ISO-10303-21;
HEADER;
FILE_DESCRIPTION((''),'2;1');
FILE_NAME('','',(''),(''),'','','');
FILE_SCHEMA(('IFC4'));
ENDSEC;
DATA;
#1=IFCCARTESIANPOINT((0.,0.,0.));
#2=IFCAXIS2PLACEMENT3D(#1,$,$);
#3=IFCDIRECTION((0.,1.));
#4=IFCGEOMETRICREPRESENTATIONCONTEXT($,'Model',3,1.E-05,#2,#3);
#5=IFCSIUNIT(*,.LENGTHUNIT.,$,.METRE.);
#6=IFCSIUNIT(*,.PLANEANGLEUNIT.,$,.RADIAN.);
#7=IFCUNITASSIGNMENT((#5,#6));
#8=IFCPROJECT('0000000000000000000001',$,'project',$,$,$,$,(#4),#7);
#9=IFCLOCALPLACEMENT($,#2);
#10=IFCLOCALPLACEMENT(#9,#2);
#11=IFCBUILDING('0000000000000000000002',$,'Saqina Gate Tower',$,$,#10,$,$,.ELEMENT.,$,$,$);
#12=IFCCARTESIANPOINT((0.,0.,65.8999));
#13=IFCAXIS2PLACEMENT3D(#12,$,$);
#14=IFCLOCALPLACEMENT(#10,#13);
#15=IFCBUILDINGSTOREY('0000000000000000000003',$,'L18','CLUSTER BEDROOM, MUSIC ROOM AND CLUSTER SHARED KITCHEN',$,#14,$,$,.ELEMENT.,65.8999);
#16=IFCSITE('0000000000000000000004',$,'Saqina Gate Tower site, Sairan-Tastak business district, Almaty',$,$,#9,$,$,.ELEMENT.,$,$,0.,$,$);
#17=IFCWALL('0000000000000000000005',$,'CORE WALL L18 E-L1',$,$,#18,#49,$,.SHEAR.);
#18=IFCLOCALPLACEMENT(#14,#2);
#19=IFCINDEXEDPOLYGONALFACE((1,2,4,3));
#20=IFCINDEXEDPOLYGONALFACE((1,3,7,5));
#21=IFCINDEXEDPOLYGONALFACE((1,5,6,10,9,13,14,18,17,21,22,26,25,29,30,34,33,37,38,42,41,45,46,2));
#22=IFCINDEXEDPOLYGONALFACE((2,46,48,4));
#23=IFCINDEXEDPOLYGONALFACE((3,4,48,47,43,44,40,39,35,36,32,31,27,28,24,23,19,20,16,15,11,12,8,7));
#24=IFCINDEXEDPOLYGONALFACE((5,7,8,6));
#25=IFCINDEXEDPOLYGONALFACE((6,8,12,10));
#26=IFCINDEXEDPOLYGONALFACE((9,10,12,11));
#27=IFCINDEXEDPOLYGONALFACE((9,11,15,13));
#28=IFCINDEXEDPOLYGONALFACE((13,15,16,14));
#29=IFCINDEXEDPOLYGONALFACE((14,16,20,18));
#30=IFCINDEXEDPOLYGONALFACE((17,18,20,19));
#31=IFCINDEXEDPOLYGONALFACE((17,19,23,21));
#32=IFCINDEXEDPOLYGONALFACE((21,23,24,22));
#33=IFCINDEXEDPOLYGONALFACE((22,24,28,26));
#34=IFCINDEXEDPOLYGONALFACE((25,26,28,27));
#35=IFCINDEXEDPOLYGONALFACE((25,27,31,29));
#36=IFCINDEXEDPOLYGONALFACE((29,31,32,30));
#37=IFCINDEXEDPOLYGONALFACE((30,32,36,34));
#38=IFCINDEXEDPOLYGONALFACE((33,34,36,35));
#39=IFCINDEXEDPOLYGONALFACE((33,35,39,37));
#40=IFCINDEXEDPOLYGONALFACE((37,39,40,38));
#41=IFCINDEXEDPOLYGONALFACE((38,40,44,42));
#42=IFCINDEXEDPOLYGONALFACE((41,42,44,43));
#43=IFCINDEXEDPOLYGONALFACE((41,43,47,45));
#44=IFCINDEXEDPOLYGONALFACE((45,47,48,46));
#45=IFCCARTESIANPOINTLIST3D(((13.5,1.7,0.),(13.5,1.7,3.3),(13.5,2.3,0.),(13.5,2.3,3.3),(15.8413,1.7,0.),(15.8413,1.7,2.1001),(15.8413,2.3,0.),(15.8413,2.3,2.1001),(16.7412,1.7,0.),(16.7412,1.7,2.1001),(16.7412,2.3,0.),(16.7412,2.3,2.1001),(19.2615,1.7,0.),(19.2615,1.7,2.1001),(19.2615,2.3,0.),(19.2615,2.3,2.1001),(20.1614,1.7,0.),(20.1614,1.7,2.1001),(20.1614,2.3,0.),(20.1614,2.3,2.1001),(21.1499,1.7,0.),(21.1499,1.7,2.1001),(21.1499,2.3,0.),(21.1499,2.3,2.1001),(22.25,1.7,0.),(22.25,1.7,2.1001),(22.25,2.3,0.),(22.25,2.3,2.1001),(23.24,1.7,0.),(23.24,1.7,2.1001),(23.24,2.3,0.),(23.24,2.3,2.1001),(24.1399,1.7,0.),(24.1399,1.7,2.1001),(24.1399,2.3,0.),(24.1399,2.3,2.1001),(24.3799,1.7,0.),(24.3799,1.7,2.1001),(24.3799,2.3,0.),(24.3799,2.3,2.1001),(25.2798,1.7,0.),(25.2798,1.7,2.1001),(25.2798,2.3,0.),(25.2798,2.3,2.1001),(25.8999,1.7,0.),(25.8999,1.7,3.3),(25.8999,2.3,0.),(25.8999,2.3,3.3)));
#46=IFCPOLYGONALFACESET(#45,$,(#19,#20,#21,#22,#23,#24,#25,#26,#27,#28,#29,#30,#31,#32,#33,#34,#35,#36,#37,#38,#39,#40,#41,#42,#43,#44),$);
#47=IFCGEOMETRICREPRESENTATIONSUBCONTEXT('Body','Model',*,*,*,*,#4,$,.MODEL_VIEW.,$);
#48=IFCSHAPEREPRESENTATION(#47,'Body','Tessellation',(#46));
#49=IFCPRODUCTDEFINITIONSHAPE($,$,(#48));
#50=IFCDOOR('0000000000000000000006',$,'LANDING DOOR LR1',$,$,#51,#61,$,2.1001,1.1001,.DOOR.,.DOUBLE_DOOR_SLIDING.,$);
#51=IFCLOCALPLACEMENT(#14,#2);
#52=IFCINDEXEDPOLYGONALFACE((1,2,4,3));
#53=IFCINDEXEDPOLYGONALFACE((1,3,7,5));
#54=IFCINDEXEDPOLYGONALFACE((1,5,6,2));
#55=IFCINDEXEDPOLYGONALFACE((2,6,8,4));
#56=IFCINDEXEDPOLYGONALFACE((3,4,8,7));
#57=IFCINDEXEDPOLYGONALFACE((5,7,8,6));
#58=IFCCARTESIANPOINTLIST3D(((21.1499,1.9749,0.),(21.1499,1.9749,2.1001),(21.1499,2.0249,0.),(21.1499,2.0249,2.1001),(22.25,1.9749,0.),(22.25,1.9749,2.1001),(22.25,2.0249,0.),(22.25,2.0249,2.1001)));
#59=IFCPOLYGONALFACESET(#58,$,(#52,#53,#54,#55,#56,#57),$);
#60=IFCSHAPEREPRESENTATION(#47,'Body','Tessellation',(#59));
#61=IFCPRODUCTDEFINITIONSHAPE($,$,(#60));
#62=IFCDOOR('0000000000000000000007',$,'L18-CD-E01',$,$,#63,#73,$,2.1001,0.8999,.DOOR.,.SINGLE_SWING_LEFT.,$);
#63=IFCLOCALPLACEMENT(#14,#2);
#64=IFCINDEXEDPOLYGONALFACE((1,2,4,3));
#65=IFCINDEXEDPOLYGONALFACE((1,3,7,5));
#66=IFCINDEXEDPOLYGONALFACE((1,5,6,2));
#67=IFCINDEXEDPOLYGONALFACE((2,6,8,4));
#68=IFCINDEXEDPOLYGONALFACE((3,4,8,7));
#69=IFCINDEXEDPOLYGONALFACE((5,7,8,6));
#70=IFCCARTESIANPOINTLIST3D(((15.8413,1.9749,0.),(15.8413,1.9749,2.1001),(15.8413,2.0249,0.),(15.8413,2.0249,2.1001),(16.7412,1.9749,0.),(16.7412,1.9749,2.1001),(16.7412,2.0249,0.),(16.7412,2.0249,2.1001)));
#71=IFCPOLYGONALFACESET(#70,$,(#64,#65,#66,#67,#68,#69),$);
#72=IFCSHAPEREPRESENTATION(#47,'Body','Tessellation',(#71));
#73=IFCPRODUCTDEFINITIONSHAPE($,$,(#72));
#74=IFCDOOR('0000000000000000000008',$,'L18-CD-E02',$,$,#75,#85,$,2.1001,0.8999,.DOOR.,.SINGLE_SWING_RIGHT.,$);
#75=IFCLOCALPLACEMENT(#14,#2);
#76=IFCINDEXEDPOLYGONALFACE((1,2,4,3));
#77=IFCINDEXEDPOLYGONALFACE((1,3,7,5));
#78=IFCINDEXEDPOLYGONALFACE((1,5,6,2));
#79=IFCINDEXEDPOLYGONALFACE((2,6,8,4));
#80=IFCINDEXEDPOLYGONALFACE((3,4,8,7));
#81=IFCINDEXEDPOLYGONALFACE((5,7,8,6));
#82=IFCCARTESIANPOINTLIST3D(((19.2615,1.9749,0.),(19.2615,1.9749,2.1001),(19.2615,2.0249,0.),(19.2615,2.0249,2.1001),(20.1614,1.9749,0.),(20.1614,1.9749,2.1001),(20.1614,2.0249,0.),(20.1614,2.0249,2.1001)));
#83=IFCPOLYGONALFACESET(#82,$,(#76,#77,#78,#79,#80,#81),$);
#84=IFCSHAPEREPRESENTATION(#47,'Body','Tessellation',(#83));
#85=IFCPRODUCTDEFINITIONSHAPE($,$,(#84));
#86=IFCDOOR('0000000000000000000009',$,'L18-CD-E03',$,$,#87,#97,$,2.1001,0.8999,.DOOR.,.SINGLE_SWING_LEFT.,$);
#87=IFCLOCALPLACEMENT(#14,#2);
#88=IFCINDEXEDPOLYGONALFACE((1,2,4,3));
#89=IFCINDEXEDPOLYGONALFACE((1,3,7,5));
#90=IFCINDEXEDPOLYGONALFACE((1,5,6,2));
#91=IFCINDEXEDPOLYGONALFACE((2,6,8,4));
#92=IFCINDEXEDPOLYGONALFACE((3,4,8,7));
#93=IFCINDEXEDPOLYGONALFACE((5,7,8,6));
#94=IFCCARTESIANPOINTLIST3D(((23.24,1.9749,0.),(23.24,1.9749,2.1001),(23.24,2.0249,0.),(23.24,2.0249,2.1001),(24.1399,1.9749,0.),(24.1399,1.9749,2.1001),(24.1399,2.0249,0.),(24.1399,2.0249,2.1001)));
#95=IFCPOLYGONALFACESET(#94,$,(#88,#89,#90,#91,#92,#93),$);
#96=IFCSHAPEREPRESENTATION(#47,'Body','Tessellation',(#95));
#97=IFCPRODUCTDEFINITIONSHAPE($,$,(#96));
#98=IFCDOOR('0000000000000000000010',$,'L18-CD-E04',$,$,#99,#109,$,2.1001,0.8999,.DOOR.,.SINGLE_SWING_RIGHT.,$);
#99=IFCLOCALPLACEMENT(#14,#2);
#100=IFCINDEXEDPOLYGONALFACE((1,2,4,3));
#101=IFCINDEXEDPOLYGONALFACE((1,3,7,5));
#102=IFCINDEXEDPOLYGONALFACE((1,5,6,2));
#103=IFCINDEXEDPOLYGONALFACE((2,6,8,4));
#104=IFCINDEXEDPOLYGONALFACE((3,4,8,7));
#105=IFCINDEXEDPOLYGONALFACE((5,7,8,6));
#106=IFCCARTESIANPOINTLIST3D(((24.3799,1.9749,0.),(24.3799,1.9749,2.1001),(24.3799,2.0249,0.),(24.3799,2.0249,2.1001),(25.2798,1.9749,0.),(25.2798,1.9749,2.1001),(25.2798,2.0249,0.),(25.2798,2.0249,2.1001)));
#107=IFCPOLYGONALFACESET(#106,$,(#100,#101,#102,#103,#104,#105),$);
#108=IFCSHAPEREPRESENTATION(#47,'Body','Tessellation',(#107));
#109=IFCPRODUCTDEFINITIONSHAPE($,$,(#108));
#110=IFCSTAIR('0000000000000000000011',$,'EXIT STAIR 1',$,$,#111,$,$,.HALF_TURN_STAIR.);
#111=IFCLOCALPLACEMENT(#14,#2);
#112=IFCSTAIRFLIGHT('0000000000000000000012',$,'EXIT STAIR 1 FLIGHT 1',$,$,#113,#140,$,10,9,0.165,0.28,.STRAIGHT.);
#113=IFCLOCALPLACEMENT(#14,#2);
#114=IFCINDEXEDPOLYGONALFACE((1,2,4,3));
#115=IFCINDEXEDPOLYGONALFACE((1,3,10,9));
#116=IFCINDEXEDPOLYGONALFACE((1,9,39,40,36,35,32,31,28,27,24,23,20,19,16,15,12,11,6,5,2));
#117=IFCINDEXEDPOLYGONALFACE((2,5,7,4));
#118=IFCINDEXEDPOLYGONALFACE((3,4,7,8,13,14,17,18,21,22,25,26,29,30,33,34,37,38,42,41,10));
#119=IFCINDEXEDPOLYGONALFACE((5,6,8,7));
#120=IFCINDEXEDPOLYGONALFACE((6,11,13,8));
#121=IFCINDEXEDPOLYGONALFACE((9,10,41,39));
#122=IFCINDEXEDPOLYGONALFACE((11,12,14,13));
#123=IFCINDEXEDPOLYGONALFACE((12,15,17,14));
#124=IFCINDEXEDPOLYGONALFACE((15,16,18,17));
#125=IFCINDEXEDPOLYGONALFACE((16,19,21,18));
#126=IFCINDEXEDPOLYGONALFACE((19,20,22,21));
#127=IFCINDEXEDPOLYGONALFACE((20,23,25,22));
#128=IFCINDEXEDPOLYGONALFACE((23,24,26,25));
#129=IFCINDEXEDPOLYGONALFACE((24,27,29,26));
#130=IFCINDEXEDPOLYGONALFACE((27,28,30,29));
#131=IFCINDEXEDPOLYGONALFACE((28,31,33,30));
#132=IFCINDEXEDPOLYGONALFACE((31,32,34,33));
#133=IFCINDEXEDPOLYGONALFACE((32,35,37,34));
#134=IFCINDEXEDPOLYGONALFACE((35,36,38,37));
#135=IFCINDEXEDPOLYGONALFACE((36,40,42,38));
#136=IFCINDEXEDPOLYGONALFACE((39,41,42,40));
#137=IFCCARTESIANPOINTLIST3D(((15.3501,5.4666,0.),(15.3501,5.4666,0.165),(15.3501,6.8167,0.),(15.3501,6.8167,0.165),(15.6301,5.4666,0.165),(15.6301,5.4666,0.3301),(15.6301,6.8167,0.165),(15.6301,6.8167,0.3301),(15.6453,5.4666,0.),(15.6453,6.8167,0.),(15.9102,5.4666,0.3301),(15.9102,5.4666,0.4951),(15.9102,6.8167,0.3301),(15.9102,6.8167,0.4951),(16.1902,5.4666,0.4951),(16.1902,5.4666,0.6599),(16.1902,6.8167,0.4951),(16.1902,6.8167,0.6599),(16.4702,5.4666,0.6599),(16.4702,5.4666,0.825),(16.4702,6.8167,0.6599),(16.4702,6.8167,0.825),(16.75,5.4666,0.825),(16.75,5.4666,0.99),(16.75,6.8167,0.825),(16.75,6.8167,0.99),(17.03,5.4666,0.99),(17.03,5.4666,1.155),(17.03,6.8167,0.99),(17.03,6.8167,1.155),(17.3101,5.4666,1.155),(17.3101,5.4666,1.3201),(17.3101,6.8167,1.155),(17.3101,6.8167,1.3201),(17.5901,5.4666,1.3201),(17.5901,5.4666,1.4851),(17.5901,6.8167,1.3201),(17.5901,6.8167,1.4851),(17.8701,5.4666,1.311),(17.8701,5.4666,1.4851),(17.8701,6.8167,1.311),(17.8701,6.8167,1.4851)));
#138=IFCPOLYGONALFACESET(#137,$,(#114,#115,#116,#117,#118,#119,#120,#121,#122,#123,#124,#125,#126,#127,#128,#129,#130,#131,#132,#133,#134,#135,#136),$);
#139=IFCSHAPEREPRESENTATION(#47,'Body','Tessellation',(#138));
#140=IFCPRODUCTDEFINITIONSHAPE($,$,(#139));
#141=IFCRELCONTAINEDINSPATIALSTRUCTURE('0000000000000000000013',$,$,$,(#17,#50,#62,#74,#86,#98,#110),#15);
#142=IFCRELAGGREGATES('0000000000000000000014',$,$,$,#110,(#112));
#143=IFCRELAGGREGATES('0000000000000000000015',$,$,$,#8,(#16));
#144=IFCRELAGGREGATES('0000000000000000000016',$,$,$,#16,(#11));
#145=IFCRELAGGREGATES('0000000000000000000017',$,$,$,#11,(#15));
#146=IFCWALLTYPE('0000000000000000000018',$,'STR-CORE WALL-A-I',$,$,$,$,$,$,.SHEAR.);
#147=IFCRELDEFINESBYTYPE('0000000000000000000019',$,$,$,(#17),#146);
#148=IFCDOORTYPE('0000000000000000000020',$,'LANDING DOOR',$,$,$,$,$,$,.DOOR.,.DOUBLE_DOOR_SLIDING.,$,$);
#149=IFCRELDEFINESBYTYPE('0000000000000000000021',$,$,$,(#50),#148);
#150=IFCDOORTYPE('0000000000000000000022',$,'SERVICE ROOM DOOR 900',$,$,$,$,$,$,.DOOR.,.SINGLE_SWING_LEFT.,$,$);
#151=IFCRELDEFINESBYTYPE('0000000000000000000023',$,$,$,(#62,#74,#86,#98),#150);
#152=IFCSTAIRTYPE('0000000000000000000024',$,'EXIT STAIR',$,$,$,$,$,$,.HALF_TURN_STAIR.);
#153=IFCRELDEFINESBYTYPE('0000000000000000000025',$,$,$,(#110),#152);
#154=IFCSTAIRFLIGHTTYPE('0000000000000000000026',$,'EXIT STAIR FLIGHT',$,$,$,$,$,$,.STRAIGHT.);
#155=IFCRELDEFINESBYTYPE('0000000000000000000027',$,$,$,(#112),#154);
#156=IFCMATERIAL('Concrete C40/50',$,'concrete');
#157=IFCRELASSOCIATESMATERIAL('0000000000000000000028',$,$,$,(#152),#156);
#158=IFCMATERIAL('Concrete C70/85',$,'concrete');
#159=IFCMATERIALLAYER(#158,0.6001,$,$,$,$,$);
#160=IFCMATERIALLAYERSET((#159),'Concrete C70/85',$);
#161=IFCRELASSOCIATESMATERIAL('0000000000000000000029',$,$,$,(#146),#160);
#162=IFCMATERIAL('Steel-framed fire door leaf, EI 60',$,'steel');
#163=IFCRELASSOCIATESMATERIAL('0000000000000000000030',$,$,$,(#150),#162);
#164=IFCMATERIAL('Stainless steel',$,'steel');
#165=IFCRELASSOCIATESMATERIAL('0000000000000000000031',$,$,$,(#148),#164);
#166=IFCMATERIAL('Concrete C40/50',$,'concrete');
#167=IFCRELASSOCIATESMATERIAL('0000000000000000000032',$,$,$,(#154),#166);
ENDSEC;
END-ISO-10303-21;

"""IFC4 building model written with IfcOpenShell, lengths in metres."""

from ifc_helpers import new_model, si_unit, direction, frame, frame_2d, origin, place, context, subcontext, project, spatial, polyline, rectangle, outline, extrude, material, layer, layer_set, type_object, element, fill, aggregate, save


model = new_model("IFC4")

# Units and contexts
model_context = context("Model", 3, precision=1e-05, world=origin(), true_north=direction((0.0, 1.0)))
body_context = subcontext(model_context, "Body", "Model", "MODEL_VIEW")
ifc_project = project(units=[si_unit("LENGTHUNIT", "METRE"), si_unit("PLANEANGLEUNIT", "RADIAN")], contexts=[model_context])

# Site, building, storey
site_placement = place(None, origin())
site = spatial("IfcSite", under=ifc_project, at=site_placement, Name="Saqina Gate Tower site, Sairan-Tastak business district, Almaty", CompositionType="ELEMENT", RefElevation=0.0)
building_placement = place(site_placement, origin())
building = spatial("IfcBuilding", under=site, at=building_placement, Name="Saqina Gate Tower", CompositionType="ELEMENT")
storey_placement = place(building_placement, frame((0.0, 0.0, 65.8999)))
storey = spatial("IfcBuildingStorey", under=building, at=storey_placement, Name="L18", Description="CLUSTER BEDROOM, MUSIC ROOM AND CLUSTER SHARED KITCHEN", CompositionType="ELEMENT", Elevation=65.8999)

# Shared definitions
ifc_material_1 = material(Name="Concrete C40/50", Category="concrete")
stair_type = type_object("IfcStairType", Name="EXIT STAIR", PredefinedType="HALF_TURN_STAIR", material=ifc_material_1)

# Wall, openings, doors
ifc_material_2 = material(Name="Concrete C70/85", Category="concrete")
ifc_layer_1 = layer(ifc_material_2, 0.6001)
ifc_layer_set_1 = layer_set([ifc_layer_1], Name="Concrete C70/85")
wall_type_1 = type_object("IfcWallType", Name="STR-CORE WALL-A-I", PredefinedType="SHEAR", material=ifc_layer_set_1)
ifc_material_3 = material(Name="Steel-framed fire door leaf, EI 60", Category="steel")
door_type_1 = type_object("IfcDoorType", Name="SERVICE ROOM DOOR 900", OperationType="SINGLE_SWING_LEFT", PredefinedType="DOOR", material=ifc_material_3)
wall_1_placement = place(storey_placement, frame((13.5, 2.0, 0.0), z_axis=(0.0, 0.0, 1.0), x_axis=(1.0, 0.0, 0.0)))
wall_1 = element("IfcWall", 1, at=wall_1_placement, inside=storey, type_object=wall_type_1, Name="CORE WALL L18 E-L1", PredefinedType="SHEAR", context=body_context, shape_type="SweptSolid", body=[
    extrude(rectangle(XDim=12.3999, YDim=0.6001, at=frame_2d((6.2, 0.0))), origin(), (0.0, 0.0, 1.0), 3.3),
])
opening_1_placement = place(wall_1_placement, frame((7.6499, 0.0, 0.0)))
opening_1 = element("IfcOpeningElement", 2, at=opening_1_placement, cuts=wall_1, PredefinedType="OPENING", context=body_context, shape_type="SweptSolid", body=[
    extrude(rectangle(XDim=1.1001, YDim=2.1001, at=frame_2d((0.55, 1.05))), frame((0.0, 0.312, 0.0), z_axis=(0.0, -1.0, 0.0), x_axis=(1.0, 0.0, 0.0)), (0.0, 0.0, 1.0), 0.624),
])
opening_2_placement = place(wall_1_placement, frame((2.3413, 0.0, 0.0)))
opening_2 = element("IfcOpeningElement", 3, at=opening_2_placement, cuts=wall_1, PredefinedType="OPENING", context=body_context, shape_type="SweptSolid", body=[
    extrude(rectangle(XDim=0.8999, YDim=2.1001, at=frame_2d((0.45, 1.05))), frame((0.0, 0.312, 0.0), z_axis=(0.0, -1.0, 0.0), x_axis=(1.0, 0.0, 0.0)), (0.0, 0.0, 1.0), 0.624),
])
opening_3_placement = place(wall_1_placement, frame((5.7615, 0.0, 0.0)))
opening_3 = element("IfcOpeningElement", 4, at=opening_3_placement, cuts=wall_1, PredefinedType="OPENING", context=body_context, shape_type="SweptSolid", body=[
    extrude(rectangle(XDim=0.8999, YDim=2.1001, at=frame_2d((0.45, 1.05))), frame((0.0, 0.312, 0.0), z_axis=(0.0, -1.0, 0.0), x_axis=(1.0, 0.0, 0.0)), (0.0, 0.0, 1.0), 0.624),
])
opening_4_placement = place(wall_1_placement, frame((9.74, 0.0, 0.0)))
opening_4 = element("IfcOpeningElement", 5, at=opening_4_placement, cuts=wall_1, PredefinedType="OPENING", context=body_context, shape_type="SweptSolid", body=[
    extrude(rectangle(XDim=0.8999, YDim=2.1001, at=frame_2d((0.45, 1.05))), frame((0.0, 0.312, 0.0), z_axis=(0.0, -1.0, 0.0), x_axis=(1.0, 0.0, 0.0)), (0.0, 0.0, 1.0), 0.624),
])
opening_5_placement = place(wall_1_placement, frame((10.8799, 0.0, 0.0)))
opening_5 = element("IfcOpeningElement", 6, at=opening_5_placement, cuts=wall_1, PredefinedType="OPENING", context=body_context, shape_type="SweptSolid", body=[
    extrude(rectangle(XDim=0.8999, YDim=2.1001, at=frame_2d((0.45, 1.05))), frame((0.0, 0.312, 0.0), z_axis=(0.0, -1.0, 0.0), x_axis=(1.0, 0.0, 0.0)), (0.0, 0.0, 1.0), 0.624),
])
ifc_material_4 = material(Name="Stainless steel", Category="steel")
door_type_2 = type_object("IfcDoorType", Name="LANDING DOOR", OperationType="DOUBLE_DOOR_SLIDING", PredefinedType="DOOR", material=ifc_material_4)
door_1_placement = place(opening_1_placement, origin())
door_1 = element("IfcDoor", 7, at=door_1_placement, inside=storey, type_object=door_type_2, Name="LANDING DOOR LR1", OperationType="DOUBLE_DOOR_SLIDING", OverallHeight=2.1001, OverallWidth=1.1001, PredefinedType="DOOR", context=body_context, shape_type="SweptSolid", body=[
    extrude(rectangle(XDim=1.1001, YDim=2.1001, at=frame_2d((0.55, 1.05))), frame((0.0, 0.0249, 0.0), z_axis=(0.0, -1.0, 0.0), x_axis=(1.0, 0.0, 0.0)), (0.0, 0.0, 1.0), 0.05),
])
fill(opening_1, door_1)
door_2_placement = place(opening_2_placement, origin())
door_2 = element("IfcDoor", 8, at=door_2_placement, inside=storey, type_object=door_type_1, Name="L18-CD-E01", OperationType="SINGLE_SWING_LEFT", OverallHeight=2.1001, OverallWidth=0.8999, PredefinedType="DOOR", context=body_context, shape_type="SweptSolid", body=[
    extrude(rectangle(XDim=0.8999, YDim=2.1001, at=frame_2d((0.45, 1.05))), frame((0.0, 0.0249, 0.0), z_axis=(0.0, -1.0, 0.0), x_axis=(1.0, 0.0, 0.0)), (0.0, 0.0, 1.0), 0.05),
])
fill(opening_2, door_2)
door_3_placement = place(opening_3_placement, origin())
door_3 = element("IfcDoor", 9, at=door_3_placement, inside=storey, type_object=door_type_1, Name="L18-CD-E02", OperationType="SINGLE_SWING_RIGHT", OverallHeight=2.1001, OverallWidth=0.8999, PredefinedType="DOOR", context=body_context, shape_type="SweptSolid", body=[
    extrude(rectangle(XDim=0.8999, YDim=2.1001, at=frame_2d((0.45, 1.05))), frame((0.0, 0.0249, 0.0), z_axis=(0.0, -1.0, 0.0), x_axis=(1.0, 0.0, 0.0)), (0.0, 0.0, 1.0), 0.05),
])
fill(opening_3, door_3)
door_4_placement = place(opening_4_placement, origin())
door_4 = element("IfcDoor", 10, at=door_4_placement, inside=storey, type_object=door_type_1, Name="L18-CD-E03", OperationType="SINGLE_SWING_LEFT", OverallHeight=2.1001, OverallWidth=0.8999, PredefinedType="DOOR", context=body_context, shape_type="SweptSolid", body=[
    extrude(rectangle(XDim=0.8999, YDim=2.1001, at=frame_2d((0.45, 1.05))), frame((0.0, 0.0249, 0.0), z_axis=(0.0, -1.0, 0.0), x_axis=(1.0, 0.0, 0.0)), (0.0, 0.0, 1.0), 0.05),
])
fill(opening_4, door_4)
door_5_placement = place(opening_5_placement, origin())
door_5 = element("IfcDoor", 11, at=door_5_placement, inside=storey, type_object=door_type_1, Name="L18-CD-E04", OperationType="SINGLE_SWING_RIGHT", OverallHeight=2.1001, OverallWidth=0.8999, PredefinedType="DOOR", context=body_context, shape_type="SweptSolid", body=[
    extrude(rectangle(XDim=0.8999, YDim=2.1001, at=frame_2d((0.45, 1.05))), frame((0.0, 0.0249, 0.0), z_axis=(0.0, -1.0, 0.0), x_axis=(1.0, 0.0, 0.0)), (0.0, 0.0, 1.0), 0.05),
])
fill(opening_5, door_5)

# Stair, stair flight
stair_1_placement = place(storey_placement, origin())
stair_1 = element("IfcStair", 12, at=stair_1_placement, inside=storey, type_object=stair_type, Name="EXIT STAIR 1", PredefinedType="HALF_TURN_STAIR")
ifc_material_5 = material(Name="Concrete C40/50", Category="concrete")
stair_flight_type = type_object("IfcStairFlightType", Name="EXIT STAIR FLIGHT", PredefinedType="STRAIGHT", material=ifc_material_5)
stair_flight_placement = place(storey_placement, frame((15.3501, 6.1416, 0.0), z_axis=(0.0, 0.0, 1.0), x_axis=(1.0, 0.0, 0.0)))
stair_flight = element("IfcStairFlight", 13, at=stair_flight_placement, type_object=stair_flight_type, Name="EXIT STAIR 1 FLIGHT 1", NumberOfRisers=10, NumberOfTreads=9, PredefinedType="STRAIGHT", RiserHeight=0.165, TreadLength=0.28, context=body_context, shape_type="SweptSolid", body=[
    extrude(outline(polyline([(0.0, 0.0), (0.0, 0.165), (0.28, 0.165), (0.28, 0.3301), (0.5601, 0.3301), (0.5601, 0.4951), (0.8401, 0.4951), (0.8401, 0.6599), (1.1201, 0.6599), (1.1201, 0.825), (1.3999, 0.825), (1.3999, 0.99), (1.6799, 0.99), (1.6799, 1.155), (1.96, 1.155), (1.96, 1.3201), (2.24, 1.3201), (2.24, 1.4851), (2.52, 1.4851), (2.52, 1.6499), (2.52, 1.311), (0.2952, 0.0), (0.0, 0.0)])), frame((0.0, 0.675, 0.0), z_axis=(0.0, -1.0, 0.0), x_axis=(1.0, 0.0, 0.0)), (0.0, 0.0, 1.0), 1.3501),
])
aggregate(stair_1, [stair_flight])

save(model, "model.ifc")
